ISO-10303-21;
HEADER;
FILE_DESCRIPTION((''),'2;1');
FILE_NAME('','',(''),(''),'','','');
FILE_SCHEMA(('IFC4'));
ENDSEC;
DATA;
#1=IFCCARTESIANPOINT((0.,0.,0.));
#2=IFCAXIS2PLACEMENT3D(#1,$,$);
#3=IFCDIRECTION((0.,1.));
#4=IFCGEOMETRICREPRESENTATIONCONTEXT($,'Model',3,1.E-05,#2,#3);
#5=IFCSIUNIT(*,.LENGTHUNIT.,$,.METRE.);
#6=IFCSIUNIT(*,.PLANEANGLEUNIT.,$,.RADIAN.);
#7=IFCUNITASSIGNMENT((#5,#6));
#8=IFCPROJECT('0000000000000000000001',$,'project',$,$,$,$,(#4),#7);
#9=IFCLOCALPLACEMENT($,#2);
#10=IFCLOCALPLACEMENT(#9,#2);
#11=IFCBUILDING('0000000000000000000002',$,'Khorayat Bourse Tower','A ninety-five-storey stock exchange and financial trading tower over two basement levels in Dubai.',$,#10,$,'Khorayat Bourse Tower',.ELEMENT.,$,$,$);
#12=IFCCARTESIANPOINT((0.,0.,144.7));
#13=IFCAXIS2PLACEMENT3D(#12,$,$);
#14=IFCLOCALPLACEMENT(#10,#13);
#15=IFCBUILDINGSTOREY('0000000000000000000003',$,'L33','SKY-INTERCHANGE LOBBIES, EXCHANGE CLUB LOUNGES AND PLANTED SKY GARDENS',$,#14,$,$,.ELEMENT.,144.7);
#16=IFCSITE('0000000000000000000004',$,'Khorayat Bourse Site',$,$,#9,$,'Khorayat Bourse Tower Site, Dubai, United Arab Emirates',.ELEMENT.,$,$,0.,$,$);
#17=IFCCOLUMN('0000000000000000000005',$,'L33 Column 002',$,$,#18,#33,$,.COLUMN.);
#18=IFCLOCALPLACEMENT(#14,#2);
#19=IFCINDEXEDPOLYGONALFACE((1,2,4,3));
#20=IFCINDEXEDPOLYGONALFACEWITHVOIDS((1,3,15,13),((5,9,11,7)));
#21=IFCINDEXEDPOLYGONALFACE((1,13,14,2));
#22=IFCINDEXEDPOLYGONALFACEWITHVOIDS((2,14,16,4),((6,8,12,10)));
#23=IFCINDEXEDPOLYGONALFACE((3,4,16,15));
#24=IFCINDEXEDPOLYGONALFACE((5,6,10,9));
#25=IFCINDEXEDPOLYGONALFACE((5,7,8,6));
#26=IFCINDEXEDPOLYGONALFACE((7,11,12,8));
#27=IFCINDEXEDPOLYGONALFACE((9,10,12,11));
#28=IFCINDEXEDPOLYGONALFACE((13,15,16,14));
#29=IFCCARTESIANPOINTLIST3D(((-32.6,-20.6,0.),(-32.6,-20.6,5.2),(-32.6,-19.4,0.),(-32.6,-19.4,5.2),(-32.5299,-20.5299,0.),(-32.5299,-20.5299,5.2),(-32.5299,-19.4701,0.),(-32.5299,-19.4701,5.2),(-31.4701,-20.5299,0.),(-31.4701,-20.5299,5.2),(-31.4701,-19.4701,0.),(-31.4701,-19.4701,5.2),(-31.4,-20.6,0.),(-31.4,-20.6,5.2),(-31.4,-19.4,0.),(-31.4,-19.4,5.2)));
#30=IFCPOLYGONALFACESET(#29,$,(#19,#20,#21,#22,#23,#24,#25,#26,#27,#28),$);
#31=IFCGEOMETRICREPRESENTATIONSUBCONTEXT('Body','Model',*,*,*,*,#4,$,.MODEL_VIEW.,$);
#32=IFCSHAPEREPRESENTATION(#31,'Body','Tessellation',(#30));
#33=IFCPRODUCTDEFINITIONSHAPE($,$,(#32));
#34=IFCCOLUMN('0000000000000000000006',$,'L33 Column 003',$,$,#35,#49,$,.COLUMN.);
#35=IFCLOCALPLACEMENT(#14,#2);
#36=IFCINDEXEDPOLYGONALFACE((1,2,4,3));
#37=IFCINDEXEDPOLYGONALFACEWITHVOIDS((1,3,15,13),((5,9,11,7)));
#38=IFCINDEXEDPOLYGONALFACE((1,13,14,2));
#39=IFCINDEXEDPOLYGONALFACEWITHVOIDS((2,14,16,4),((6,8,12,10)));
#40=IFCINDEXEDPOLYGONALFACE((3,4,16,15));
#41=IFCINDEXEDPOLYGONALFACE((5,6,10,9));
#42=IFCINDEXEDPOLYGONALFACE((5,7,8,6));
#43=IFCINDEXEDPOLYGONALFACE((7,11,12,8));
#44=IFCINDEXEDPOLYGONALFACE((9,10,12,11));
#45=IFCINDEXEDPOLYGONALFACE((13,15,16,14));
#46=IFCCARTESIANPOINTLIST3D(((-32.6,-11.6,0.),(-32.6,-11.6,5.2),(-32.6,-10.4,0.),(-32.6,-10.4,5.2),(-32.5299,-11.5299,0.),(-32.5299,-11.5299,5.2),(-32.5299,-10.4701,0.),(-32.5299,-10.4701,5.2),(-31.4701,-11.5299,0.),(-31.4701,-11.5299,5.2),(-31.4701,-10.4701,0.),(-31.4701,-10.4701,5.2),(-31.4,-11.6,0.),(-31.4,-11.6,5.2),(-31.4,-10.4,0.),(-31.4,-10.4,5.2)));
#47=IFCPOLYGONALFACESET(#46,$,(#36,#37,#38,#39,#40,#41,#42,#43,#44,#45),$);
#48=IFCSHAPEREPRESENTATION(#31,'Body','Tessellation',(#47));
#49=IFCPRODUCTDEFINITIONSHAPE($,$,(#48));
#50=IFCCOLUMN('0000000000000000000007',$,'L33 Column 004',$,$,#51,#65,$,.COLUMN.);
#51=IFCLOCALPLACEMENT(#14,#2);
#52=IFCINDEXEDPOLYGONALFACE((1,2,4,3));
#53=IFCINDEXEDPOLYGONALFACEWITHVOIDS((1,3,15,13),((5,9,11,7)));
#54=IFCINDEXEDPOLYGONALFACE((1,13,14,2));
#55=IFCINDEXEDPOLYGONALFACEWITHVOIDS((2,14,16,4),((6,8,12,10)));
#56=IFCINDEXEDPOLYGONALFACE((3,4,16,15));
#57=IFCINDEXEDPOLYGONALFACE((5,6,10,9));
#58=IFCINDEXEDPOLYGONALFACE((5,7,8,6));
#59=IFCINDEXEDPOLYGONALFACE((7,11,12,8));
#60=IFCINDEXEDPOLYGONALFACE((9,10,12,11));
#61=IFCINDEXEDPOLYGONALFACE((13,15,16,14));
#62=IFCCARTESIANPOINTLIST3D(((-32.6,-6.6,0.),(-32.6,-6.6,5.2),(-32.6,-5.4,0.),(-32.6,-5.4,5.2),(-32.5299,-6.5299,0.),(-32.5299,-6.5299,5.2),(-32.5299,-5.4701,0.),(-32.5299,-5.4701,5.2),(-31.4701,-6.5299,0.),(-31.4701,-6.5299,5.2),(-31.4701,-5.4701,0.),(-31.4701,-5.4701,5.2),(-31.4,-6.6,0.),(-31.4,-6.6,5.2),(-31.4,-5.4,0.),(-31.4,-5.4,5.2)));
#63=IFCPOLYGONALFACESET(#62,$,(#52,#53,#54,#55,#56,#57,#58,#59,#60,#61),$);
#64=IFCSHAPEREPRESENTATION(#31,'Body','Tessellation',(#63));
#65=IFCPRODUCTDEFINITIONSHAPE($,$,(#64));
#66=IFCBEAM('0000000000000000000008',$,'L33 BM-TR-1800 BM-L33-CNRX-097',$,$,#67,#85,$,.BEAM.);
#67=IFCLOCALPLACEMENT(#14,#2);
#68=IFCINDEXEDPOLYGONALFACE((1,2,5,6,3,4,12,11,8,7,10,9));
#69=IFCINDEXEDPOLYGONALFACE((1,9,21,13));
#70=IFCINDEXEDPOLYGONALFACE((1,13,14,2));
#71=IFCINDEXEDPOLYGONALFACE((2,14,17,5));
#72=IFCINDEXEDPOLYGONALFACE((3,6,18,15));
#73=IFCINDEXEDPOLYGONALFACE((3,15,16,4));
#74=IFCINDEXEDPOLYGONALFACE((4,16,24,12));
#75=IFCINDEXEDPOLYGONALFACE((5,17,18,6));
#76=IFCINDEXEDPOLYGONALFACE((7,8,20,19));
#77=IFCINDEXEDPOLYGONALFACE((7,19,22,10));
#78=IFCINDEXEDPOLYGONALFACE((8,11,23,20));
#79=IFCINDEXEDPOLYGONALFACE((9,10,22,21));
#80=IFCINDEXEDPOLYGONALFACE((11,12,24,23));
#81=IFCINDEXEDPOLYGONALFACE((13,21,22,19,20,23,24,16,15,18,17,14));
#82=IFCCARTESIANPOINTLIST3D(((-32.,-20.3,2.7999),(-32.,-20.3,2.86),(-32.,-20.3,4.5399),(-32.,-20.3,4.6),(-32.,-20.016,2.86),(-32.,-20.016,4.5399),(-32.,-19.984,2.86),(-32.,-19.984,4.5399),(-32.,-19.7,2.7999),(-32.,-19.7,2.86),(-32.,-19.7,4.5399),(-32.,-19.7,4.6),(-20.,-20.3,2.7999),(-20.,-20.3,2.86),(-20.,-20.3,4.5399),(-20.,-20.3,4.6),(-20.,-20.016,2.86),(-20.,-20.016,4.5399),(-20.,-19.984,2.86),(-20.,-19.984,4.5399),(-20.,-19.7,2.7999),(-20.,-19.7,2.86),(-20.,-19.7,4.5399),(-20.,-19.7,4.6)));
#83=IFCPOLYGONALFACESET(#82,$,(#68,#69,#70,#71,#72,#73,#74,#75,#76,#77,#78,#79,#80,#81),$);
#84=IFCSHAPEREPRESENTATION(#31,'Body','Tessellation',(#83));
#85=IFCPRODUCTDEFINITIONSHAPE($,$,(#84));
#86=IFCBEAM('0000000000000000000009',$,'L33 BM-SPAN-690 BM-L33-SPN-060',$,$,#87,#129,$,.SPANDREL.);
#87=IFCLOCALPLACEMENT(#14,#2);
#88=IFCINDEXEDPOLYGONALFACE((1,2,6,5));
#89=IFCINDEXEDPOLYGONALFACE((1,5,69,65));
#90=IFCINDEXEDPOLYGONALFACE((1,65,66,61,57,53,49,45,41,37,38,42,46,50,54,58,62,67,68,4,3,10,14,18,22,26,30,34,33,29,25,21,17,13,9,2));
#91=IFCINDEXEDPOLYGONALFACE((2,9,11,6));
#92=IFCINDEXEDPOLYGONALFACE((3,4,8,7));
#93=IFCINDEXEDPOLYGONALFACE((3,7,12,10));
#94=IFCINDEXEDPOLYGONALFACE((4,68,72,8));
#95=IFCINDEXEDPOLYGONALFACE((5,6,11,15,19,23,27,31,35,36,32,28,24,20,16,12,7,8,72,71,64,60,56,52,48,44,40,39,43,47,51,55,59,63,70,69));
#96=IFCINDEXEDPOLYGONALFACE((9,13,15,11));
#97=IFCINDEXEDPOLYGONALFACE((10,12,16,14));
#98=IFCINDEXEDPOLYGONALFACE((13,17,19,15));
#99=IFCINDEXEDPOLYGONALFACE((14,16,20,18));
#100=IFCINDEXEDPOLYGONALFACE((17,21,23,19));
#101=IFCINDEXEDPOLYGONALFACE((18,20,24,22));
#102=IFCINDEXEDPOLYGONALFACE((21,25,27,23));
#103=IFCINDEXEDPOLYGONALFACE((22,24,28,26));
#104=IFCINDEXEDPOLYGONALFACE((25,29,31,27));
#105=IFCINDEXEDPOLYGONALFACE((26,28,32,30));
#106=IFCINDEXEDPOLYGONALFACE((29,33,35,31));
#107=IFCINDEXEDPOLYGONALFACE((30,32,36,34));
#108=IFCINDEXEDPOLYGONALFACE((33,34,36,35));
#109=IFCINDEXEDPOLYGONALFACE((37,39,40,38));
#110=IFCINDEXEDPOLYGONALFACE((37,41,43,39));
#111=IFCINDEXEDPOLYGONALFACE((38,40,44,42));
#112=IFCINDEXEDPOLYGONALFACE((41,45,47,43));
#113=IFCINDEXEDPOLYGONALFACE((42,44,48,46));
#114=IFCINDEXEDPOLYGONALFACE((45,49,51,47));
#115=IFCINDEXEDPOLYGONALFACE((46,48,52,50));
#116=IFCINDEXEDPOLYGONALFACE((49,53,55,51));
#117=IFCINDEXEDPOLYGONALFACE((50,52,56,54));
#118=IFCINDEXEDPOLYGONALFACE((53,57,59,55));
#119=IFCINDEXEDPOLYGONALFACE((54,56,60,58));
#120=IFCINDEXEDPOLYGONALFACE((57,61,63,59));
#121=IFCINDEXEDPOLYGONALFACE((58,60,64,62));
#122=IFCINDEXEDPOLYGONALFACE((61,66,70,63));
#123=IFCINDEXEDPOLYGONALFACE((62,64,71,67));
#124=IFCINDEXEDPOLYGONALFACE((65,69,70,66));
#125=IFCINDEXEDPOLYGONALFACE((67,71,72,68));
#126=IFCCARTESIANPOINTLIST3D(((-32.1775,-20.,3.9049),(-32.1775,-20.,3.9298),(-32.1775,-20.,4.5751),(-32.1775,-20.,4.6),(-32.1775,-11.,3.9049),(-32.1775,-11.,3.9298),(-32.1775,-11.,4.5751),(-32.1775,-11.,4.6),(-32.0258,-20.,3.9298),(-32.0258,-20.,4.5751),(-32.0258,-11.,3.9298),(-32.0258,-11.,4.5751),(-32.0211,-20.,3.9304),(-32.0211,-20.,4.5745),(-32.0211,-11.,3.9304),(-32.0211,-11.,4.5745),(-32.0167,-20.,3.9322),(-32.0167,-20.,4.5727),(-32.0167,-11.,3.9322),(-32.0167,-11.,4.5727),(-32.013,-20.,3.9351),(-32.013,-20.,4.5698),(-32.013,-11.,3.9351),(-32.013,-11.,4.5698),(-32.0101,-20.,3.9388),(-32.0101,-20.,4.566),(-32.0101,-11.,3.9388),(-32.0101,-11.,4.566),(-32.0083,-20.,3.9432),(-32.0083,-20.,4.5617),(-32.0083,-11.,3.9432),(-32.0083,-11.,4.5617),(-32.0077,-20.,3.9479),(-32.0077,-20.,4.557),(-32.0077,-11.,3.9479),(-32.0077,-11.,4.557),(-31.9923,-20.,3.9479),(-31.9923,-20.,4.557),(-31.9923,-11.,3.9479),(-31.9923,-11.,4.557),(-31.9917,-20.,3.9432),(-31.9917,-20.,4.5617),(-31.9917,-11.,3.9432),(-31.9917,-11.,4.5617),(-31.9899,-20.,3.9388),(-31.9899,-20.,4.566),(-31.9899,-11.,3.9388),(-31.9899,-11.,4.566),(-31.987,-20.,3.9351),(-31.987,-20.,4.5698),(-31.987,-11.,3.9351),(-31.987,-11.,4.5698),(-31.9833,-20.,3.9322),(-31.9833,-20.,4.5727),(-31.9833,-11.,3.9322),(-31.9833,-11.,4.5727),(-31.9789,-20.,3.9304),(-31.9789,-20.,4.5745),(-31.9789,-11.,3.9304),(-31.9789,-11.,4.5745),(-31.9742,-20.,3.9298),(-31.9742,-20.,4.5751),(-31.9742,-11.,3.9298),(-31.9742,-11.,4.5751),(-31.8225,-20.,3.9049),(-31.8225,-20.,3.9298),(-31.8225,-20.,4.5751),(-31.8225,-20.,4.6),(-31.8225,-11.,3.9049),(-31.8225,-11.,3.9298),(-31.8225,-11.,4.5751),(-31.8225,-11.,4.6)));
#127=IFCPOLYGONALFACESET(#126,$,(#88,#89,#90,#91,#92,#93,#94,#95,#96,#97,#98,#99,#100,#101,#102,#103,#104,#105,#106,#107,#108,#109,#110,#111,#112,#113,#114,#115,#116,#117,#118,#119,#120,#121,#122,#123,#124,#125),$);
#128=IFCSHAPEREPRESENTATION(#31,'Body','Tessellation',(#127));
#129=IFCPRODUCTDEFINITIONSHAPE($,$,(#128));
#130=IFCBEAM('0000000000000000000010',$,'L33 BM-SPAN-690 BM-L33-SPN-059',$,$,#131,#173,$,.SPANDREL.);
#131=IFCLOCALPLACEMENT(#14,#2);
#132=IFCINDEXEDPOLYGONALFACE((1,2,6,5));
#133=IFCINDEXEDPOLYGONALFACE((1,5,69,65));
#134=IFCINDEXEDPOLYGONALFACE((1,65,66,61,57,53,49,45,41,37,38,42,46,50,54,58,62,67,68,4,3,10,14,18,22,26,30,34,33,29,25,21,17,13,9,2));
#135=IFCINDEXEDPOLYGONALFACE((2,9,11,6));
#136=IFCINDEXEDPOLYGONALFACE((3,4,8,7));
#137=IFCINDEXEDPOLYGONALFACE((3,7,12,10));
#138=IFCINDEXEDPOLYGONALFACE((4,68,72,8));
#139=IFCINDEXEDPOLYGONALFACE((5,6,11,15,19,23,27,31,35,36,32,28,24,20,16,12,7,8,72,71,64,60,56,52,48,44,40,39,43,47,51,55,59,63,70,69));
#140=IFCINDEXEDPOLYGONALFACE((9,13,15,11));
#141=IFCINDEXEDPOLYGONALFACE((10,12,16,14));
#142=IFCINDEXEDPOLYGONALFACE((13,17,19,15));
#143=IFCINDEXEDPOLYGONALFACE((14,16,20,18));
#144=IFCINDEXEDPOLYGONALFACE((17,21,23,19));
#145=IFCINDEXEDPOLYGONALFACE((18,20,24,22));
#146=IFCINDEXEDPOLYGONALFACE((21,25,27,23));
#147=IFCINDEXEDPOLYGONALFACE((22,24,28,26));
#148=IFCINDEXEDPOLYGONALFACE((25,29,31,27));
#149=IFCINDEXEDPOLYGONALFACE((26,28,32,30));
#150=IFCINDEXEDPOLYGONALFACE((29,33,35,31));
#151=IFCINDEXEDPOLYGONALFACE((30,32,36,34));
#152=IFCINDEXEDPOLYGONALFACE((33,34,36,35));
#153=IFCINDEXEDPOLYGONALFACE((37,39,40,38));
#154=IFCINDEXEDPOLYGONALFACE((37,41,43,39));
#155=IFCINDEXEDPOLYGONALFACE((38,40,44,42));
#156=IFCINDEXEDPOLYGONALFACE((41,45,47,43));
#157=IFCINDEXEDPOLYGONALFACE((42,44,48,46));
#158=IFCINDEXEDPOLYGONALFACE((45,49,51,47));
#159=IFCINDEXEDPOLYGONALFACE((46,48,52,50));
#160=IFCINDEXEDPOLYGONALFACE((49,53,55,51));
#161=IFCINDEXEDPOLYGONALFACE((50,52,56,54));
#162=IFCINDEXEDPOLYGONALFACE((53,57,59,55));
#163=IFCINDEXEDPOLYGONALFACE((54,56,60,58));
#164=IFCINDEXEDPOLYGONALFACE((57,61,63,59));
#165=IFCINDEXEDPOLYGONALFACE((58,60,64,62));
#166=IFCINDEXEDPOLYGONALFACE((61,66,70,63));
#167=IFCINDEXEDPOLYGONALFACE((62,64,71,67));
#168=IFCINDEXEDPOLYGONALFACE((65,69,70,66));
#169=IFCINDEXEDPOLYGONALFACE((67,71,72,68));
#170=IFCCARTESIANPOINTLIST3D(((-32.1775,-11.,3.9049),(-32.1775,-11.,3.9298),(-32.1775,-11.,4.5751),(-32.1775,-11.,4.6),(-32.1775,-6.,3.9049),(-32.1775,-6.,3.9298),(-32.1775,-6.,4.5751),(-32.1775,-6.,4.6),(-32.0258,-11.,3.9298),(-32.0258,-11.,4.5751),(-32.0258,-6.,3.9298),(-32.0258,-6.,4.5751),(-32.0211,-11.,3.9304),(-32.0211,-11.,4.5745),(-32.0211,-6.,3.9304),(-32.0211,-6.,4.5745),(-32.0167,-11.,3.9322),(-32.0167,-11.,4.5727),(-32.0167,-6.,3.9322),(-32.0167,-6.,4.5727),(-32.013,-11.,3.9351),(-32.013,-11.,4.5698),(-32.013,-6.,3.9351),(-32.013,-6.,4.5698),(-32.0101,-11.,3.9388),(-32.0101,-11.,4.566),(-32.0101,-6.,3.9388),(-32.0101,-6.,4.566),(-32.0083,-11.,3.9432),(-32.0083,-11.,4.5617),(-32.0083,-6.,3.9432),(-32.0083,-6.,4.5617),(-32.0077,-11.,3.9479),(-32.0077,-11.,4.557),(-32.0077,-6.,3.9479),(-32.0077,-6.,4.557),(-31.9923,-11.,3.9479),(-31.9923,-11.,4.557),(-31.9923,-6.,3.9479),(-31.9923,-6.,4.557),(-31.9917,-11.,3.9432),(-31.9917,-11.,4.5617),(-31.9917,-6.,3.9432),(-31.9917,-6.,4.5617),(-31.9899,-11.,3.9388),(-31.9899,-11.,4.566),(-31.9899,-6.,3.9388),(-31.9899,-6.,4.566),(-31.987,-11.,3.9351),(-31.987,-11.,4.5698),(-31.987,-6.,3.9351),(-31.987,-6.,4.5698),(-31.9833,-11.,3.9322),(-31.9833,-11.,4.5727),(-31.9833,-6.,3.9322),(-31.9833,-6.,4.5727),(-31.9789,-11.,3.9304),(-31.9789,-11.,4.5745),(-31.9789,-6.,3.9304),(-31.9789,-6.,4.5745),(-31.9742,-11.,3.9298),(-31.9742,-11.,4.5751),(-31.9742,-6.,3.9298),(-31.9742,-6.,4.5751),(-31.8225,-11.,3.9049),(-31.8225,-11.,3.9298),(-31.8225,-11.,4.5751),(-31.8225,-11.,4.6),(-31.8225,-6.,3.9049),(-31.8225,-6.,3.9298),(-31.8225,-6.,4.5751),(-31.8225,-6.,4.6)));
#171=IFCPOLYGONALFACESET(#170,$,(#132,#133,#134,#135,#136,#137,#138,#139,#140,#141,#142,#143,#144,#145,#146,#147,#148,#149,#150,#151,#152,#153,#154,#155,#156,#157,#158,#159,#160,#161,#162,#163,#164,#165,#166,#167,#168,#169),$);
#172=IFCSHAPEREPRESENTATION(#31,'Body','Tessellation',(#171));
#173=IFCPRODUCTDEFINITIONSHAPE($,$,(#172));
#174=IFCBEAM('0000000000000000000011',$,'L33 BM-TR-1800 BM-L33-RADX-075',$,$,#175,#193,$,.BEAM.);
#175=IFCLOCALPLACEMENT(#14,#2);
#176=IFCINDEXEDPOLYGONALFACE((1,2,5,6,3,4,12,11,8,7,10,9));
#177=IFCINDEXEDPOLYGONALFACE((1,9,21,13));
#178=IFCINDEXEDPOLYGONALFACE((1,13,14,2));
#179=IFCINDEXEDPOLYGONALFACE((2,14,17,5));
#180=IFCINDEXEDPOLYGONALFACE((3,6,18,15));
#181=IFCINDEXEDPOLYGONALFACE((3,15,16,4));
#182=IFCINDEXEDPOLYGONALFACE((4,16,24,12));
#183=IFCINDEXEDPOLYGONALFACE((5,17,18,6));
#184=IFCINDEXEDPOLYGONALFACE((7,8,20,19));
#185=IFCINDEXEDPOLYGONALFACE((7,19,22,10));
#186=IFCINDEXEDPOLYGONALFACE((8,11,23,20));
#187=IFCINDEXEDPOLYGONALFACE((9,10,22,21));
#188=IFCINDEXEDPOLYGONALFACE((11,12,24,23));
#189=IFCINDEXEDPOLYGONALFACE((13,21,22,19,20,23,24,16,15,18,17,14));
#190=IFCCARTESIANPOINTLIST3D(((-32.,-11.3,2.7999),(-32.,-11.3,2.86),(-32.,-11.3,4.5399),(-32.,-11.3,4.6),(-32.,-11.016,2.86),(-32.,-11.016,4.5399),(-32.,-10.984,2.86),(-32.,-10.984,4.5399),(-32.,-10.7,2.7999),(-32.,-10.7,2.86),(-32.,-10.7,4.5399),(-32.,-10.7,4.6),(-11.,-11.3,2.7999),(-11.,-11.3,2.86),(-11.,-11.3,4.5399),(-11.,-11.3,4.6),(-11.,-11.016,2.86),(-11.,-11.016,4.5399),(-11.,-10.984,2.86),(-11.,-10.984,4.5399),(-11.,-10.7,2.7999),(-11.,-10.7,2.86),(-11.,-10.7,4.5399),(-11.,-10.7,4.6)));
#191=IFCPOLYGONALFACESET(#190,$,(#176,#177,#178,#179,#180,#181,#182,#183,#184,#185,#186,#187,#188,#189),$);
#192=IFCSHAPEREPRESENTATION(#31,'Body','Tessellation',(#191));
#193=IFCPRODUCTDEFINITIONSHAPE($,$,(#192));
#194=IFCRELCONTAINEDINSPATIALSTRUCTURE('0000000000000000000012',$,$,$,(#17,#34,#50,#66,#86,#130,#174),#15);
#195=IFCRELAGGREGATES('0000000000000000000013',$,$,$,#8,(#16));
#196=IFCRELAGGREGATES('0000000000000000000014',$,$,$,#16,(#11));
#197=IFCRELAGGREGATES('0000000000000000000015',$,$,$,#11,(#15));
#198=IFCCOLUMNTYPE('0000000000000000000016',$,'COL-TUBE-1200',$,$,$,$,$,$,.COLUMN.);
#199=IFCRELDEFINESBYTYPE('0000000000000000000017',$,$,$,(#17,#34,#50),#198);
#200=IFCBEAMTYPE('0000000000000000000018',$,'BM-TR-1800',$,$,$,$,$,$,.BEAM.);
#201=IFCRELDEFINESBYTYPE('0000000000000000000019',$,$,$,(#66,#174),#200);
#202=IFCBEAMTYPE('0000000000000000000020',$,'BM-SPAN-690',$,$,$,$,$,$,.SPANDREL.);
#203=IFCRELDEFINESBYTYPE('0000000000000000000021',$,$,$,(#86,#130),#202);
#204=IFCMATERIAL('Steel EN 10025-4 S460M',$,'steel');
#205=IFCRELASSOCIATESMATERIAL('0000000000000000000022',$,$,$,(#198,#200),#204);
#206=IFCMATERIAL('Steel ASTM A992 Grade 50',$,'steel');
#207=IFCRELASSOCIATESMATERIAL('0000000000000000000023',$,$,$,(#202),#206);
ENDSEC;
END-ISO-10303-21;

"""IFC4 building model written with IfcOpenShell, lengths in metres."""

from ifc_helpers import new_model, si_unit, direction, frame, origin, origin_2d, place, context, subcontext, project, spatial, hollow_rectangle, i_section, extrude, source, transform, mapped, material, material_profile, profile_set, type_object, element, save


model = new_model("IFC4")

# Units and contexts
model_context = context("Model", 3, precision=1e-05, world=origin(), true_north=direction((0.0, 1.0)))
body_context = subcontext(model_context, "Body", "Model", "MODEL_VIEW")
ifc_project = project(units=[si_unit("LENGTHUNIT", "METRE"), si_unit("PLANEANGLEUNIT", "RADIAN")], contexts=[model_context])

# Site, building, storey
site_placement = place(None, origin())
site = spatial("IfcSite", under=ifc_project, at=site_placement, Name="Khorayat Bourse Site", LongName="Khorayat Bourse Tower Site, Dubai, United Arab Emirates", CompositionType="ELEMENT", RefElevation=0.0)
building_placement = place(site_placement, origin())
building = spatial("IfcBuilding", under=site, at=building_placement, Name="Khorayat Bourse Tower", Description="A ninety-five-storey stock exchange and financial trading tower over two basement levels in Dubai.", LongName="Khorayat Bourse Tower", CompositionType="ELEMENT")
storey_placement = place(building_placement, frame((0.0, 0.0, 144.7)))
storey = spatial("IfcBuildingStorey", under=building, at=storey_placement, Name="L33", Description="SKY-INTERCHANGE LOBBIES, EXCHANGE CLUB LOUNGES AND PLANTED SKY GARDENS", CompositionType="ELEMENT", Elevation=144.7)

# Columns
ifc_material_1 = material(Name="Steel EN 10025-4 S460M", Category="steel")
ifc_material_profile_1 = material_profile(ifc_material_1, hollow_rectangle(XDim=1.2, YDim=1.2, WallThickness=0.0701, at=origin_2d()), Name="BOX 1200x1200x70")
ifc_profile_set_1 = profile_set([ifc_material_profile_1], Name="Steel EN 10025-4 S460M")
column_type = type_object("IfcColumnType", Name="COL-TUBE-1200", PredefinedType="COLUMN", material=ifc_profile_set_1)
shared_shape_1 = source(origin(), body_context, "Body", "SweptSolid", [
    extrude(hollow_rectangle(XDim=1.2, YDim=1.2, WallThickness=0.0701, at=origin_2d()), origin(), (0.0, 0.0, 1.0), 5.2),
])
for number, where, z_axis, x_axis, name in (
    (1, (-32.0, -20.0, 0.0), (0.0, 0.0, 1.0), (1.0, 0.0, 0.0), "L33 Column 002"),
    (2, (-32.0, -11.0, 0.0), (0.0, 0.0, 1.0), (1.0, 0.0, 0.0), "L33 Column 003"),
    (3, (-32.0, -6.0, 0.0), (0.0, 0.0, 1.0), (1.0, 0.0, 0.0), "L33 Column 004"),
):
    element("IfcColumn", number, at=place(storey_placement, frame(where, z_axis=z_axis, x_axis=x_axis)), inside=storey, type_object=column_type, Name=name, PredefinedType="COLUMN", context=body_context, shape_type="MappedRepresentation", body=[
        mapped(shared_shape_1, transform((0.0, 0.0, 0.0), scale=1.0)),
    ])

# Beams
ifc_material_profile_2 = material_profile(ifc_material_1, i_section(OverallWidth=0.6001, OverallDepth=1.8, WebThickness=0.032, FlangeThickness=0.0601, at=origin_2d()), Name="PG 1800x600x32x60")
ifc_profile_set_2 = profile_set([ifc_material_profile_2], Name="Steel EN 10025-4 S460M")
beam_type_1 = type_object("IfcBeamType", Name="BM-TR-1800", PredefinedType="BEAM", material=ifc_profile_set_2)
shared_shape_2 = source(origin(), body_context, "Body", "SweptSolid", [
    extrude(i_section(OverallWidth=0.6001, OverallDepth=1.8, WebThickness=0.032, FlangeThickness=0.0601, at=origin_2d()), origin(), (0.0, 0.0, 1.0), 12.0),
])
beam_1_placement = place(storey_placement, frame((-32.0, -20.0, 3.7), z_axis=(1.0, 0.0, 0.0), x_axis=(0.0, 1.0, 0.0)))
element("IfcBeam", 4, at=beam_1_placement, inside=storey, type_object=beam_type_1, Name="L33 BM-TR-1800 BM-L33-CNRX-097", PredefinedType="BEAM", context=body_context, shape_type="MappedRepresentation", body=[
    mapped(shared_shape_2, transform((0.0, 0.0, 0.0), scale=1.0)),
])
ifc_material_2 = material(Name="Steel ASTM A992 Grade 50", Category="steel")
ifc_material_profile_3 = material_profile(ifc_material_2, i_section(OverallWidth=0.355, OverallDepth=0.6951, WebThickness=0.0154, FlangeThickness=0.0249, FilletRadius=0.0181, at=origin_2d()), Name="W690X217")
ifc_profile_set_3 = profile_set([ifc_material_profile_3], Name="Steel ASTM A992 Grade 50")
beam_type_2 = type_object("IfcBeamType", Name="BM-SPAN-690", PredefinedType="SPANDREL", material=ifc_profile_set_3)
shared_shape_3 = source(origin(), body_context, "Body", "SweptSolid", [
    extrude(i_section(OverallWidth=0.355, OverallDepth=0.6951, WebThickness=0.0154, FlangeThickness=0.0249, FilletRadius=0.0181, at=origin_2d()), origin(), (0.0, 0.0, 1.0), 9.0),
])
beam_2_placement = place(storey_placement, frame((-32.0, -20.0, 4.2524), z_axis=(0.0, 1.0, 0.0), x_axis=(-1.0, 0.0, 0.0)))
element("IfcBeam", 5, at=beam_2_placement, inside=storey, type_object=beam_type_2, Name="L33 BM-SPAN-690 BM-L33-SPN-060", PredefinedType="SPANDREL", context=body_context, shape_type="MappedRepresentation", body=[
    mapped(shared_shape_3, transform((0.0, 0.0, 0.0), scale=1.0)),
])
shared_shape_4 = source(origin(), body_context, "Body", "SweptSolid", [
    extrude(i_section(OverallWidth=0.355, OverallDepth=0.6951, WebThickness=0.0154, FlangeThickness=0.0249, FilletRadius=0.0181, at=origin_2d()), origin(), (0.0, 0.0, 1.0), 5.0),
])
beam_3_placement = place(storey_placement, frame((-32.0, -11.0, 4.2524), z_axis=(0.0, 1.0, 0.0), x_axis=(-1.0, 0.0, 0.0)))
element("IfcBeam", 6, at=beam_3_placement, inside=storey, type_object=beam_type_2, Name="L33 BM-SPAN-690 BM-L33-SPN-059", PredefinedType="SPANDREL", context=body_context, shape_type="MappedRepresentation", body=[
    mapped(shared_shape_4, transform((0.0, 0.0, 0.0), scale=1.0)),
])
shared_shape_5 = source(origin(), body_context, "Body", "SweptSolid", [
    extrude(i_section(OverallWidth=0.6001, OverallDepth=1.8, WebThickness=0.032, FlangeThickness=0.0601, at=origin_2d()), origin(), (0.0, 0.0, 1.0), 21.0),
])
beam_4_placement = place(storey_placement, frame((-32.0, -11.0, 3.7), z_axis=(1.0, 0.0, 0.0), x_axis=(0.0, 1.0, 0.0)))
element("IfcBeam", 7, at=beam_4_placement, inside=storey, type_object=beam_type_1, Name="L33 BM-TR-1800 BM-L33-RADX-075", PredefinedType="BEAM", context=body_context, shape_type="MappedRepresentation", body=[
    mapped(shared_shape_5, transform((0.0, 0.0, 0.0), scale=1.0)),
])

save(model, "model.ifc")
